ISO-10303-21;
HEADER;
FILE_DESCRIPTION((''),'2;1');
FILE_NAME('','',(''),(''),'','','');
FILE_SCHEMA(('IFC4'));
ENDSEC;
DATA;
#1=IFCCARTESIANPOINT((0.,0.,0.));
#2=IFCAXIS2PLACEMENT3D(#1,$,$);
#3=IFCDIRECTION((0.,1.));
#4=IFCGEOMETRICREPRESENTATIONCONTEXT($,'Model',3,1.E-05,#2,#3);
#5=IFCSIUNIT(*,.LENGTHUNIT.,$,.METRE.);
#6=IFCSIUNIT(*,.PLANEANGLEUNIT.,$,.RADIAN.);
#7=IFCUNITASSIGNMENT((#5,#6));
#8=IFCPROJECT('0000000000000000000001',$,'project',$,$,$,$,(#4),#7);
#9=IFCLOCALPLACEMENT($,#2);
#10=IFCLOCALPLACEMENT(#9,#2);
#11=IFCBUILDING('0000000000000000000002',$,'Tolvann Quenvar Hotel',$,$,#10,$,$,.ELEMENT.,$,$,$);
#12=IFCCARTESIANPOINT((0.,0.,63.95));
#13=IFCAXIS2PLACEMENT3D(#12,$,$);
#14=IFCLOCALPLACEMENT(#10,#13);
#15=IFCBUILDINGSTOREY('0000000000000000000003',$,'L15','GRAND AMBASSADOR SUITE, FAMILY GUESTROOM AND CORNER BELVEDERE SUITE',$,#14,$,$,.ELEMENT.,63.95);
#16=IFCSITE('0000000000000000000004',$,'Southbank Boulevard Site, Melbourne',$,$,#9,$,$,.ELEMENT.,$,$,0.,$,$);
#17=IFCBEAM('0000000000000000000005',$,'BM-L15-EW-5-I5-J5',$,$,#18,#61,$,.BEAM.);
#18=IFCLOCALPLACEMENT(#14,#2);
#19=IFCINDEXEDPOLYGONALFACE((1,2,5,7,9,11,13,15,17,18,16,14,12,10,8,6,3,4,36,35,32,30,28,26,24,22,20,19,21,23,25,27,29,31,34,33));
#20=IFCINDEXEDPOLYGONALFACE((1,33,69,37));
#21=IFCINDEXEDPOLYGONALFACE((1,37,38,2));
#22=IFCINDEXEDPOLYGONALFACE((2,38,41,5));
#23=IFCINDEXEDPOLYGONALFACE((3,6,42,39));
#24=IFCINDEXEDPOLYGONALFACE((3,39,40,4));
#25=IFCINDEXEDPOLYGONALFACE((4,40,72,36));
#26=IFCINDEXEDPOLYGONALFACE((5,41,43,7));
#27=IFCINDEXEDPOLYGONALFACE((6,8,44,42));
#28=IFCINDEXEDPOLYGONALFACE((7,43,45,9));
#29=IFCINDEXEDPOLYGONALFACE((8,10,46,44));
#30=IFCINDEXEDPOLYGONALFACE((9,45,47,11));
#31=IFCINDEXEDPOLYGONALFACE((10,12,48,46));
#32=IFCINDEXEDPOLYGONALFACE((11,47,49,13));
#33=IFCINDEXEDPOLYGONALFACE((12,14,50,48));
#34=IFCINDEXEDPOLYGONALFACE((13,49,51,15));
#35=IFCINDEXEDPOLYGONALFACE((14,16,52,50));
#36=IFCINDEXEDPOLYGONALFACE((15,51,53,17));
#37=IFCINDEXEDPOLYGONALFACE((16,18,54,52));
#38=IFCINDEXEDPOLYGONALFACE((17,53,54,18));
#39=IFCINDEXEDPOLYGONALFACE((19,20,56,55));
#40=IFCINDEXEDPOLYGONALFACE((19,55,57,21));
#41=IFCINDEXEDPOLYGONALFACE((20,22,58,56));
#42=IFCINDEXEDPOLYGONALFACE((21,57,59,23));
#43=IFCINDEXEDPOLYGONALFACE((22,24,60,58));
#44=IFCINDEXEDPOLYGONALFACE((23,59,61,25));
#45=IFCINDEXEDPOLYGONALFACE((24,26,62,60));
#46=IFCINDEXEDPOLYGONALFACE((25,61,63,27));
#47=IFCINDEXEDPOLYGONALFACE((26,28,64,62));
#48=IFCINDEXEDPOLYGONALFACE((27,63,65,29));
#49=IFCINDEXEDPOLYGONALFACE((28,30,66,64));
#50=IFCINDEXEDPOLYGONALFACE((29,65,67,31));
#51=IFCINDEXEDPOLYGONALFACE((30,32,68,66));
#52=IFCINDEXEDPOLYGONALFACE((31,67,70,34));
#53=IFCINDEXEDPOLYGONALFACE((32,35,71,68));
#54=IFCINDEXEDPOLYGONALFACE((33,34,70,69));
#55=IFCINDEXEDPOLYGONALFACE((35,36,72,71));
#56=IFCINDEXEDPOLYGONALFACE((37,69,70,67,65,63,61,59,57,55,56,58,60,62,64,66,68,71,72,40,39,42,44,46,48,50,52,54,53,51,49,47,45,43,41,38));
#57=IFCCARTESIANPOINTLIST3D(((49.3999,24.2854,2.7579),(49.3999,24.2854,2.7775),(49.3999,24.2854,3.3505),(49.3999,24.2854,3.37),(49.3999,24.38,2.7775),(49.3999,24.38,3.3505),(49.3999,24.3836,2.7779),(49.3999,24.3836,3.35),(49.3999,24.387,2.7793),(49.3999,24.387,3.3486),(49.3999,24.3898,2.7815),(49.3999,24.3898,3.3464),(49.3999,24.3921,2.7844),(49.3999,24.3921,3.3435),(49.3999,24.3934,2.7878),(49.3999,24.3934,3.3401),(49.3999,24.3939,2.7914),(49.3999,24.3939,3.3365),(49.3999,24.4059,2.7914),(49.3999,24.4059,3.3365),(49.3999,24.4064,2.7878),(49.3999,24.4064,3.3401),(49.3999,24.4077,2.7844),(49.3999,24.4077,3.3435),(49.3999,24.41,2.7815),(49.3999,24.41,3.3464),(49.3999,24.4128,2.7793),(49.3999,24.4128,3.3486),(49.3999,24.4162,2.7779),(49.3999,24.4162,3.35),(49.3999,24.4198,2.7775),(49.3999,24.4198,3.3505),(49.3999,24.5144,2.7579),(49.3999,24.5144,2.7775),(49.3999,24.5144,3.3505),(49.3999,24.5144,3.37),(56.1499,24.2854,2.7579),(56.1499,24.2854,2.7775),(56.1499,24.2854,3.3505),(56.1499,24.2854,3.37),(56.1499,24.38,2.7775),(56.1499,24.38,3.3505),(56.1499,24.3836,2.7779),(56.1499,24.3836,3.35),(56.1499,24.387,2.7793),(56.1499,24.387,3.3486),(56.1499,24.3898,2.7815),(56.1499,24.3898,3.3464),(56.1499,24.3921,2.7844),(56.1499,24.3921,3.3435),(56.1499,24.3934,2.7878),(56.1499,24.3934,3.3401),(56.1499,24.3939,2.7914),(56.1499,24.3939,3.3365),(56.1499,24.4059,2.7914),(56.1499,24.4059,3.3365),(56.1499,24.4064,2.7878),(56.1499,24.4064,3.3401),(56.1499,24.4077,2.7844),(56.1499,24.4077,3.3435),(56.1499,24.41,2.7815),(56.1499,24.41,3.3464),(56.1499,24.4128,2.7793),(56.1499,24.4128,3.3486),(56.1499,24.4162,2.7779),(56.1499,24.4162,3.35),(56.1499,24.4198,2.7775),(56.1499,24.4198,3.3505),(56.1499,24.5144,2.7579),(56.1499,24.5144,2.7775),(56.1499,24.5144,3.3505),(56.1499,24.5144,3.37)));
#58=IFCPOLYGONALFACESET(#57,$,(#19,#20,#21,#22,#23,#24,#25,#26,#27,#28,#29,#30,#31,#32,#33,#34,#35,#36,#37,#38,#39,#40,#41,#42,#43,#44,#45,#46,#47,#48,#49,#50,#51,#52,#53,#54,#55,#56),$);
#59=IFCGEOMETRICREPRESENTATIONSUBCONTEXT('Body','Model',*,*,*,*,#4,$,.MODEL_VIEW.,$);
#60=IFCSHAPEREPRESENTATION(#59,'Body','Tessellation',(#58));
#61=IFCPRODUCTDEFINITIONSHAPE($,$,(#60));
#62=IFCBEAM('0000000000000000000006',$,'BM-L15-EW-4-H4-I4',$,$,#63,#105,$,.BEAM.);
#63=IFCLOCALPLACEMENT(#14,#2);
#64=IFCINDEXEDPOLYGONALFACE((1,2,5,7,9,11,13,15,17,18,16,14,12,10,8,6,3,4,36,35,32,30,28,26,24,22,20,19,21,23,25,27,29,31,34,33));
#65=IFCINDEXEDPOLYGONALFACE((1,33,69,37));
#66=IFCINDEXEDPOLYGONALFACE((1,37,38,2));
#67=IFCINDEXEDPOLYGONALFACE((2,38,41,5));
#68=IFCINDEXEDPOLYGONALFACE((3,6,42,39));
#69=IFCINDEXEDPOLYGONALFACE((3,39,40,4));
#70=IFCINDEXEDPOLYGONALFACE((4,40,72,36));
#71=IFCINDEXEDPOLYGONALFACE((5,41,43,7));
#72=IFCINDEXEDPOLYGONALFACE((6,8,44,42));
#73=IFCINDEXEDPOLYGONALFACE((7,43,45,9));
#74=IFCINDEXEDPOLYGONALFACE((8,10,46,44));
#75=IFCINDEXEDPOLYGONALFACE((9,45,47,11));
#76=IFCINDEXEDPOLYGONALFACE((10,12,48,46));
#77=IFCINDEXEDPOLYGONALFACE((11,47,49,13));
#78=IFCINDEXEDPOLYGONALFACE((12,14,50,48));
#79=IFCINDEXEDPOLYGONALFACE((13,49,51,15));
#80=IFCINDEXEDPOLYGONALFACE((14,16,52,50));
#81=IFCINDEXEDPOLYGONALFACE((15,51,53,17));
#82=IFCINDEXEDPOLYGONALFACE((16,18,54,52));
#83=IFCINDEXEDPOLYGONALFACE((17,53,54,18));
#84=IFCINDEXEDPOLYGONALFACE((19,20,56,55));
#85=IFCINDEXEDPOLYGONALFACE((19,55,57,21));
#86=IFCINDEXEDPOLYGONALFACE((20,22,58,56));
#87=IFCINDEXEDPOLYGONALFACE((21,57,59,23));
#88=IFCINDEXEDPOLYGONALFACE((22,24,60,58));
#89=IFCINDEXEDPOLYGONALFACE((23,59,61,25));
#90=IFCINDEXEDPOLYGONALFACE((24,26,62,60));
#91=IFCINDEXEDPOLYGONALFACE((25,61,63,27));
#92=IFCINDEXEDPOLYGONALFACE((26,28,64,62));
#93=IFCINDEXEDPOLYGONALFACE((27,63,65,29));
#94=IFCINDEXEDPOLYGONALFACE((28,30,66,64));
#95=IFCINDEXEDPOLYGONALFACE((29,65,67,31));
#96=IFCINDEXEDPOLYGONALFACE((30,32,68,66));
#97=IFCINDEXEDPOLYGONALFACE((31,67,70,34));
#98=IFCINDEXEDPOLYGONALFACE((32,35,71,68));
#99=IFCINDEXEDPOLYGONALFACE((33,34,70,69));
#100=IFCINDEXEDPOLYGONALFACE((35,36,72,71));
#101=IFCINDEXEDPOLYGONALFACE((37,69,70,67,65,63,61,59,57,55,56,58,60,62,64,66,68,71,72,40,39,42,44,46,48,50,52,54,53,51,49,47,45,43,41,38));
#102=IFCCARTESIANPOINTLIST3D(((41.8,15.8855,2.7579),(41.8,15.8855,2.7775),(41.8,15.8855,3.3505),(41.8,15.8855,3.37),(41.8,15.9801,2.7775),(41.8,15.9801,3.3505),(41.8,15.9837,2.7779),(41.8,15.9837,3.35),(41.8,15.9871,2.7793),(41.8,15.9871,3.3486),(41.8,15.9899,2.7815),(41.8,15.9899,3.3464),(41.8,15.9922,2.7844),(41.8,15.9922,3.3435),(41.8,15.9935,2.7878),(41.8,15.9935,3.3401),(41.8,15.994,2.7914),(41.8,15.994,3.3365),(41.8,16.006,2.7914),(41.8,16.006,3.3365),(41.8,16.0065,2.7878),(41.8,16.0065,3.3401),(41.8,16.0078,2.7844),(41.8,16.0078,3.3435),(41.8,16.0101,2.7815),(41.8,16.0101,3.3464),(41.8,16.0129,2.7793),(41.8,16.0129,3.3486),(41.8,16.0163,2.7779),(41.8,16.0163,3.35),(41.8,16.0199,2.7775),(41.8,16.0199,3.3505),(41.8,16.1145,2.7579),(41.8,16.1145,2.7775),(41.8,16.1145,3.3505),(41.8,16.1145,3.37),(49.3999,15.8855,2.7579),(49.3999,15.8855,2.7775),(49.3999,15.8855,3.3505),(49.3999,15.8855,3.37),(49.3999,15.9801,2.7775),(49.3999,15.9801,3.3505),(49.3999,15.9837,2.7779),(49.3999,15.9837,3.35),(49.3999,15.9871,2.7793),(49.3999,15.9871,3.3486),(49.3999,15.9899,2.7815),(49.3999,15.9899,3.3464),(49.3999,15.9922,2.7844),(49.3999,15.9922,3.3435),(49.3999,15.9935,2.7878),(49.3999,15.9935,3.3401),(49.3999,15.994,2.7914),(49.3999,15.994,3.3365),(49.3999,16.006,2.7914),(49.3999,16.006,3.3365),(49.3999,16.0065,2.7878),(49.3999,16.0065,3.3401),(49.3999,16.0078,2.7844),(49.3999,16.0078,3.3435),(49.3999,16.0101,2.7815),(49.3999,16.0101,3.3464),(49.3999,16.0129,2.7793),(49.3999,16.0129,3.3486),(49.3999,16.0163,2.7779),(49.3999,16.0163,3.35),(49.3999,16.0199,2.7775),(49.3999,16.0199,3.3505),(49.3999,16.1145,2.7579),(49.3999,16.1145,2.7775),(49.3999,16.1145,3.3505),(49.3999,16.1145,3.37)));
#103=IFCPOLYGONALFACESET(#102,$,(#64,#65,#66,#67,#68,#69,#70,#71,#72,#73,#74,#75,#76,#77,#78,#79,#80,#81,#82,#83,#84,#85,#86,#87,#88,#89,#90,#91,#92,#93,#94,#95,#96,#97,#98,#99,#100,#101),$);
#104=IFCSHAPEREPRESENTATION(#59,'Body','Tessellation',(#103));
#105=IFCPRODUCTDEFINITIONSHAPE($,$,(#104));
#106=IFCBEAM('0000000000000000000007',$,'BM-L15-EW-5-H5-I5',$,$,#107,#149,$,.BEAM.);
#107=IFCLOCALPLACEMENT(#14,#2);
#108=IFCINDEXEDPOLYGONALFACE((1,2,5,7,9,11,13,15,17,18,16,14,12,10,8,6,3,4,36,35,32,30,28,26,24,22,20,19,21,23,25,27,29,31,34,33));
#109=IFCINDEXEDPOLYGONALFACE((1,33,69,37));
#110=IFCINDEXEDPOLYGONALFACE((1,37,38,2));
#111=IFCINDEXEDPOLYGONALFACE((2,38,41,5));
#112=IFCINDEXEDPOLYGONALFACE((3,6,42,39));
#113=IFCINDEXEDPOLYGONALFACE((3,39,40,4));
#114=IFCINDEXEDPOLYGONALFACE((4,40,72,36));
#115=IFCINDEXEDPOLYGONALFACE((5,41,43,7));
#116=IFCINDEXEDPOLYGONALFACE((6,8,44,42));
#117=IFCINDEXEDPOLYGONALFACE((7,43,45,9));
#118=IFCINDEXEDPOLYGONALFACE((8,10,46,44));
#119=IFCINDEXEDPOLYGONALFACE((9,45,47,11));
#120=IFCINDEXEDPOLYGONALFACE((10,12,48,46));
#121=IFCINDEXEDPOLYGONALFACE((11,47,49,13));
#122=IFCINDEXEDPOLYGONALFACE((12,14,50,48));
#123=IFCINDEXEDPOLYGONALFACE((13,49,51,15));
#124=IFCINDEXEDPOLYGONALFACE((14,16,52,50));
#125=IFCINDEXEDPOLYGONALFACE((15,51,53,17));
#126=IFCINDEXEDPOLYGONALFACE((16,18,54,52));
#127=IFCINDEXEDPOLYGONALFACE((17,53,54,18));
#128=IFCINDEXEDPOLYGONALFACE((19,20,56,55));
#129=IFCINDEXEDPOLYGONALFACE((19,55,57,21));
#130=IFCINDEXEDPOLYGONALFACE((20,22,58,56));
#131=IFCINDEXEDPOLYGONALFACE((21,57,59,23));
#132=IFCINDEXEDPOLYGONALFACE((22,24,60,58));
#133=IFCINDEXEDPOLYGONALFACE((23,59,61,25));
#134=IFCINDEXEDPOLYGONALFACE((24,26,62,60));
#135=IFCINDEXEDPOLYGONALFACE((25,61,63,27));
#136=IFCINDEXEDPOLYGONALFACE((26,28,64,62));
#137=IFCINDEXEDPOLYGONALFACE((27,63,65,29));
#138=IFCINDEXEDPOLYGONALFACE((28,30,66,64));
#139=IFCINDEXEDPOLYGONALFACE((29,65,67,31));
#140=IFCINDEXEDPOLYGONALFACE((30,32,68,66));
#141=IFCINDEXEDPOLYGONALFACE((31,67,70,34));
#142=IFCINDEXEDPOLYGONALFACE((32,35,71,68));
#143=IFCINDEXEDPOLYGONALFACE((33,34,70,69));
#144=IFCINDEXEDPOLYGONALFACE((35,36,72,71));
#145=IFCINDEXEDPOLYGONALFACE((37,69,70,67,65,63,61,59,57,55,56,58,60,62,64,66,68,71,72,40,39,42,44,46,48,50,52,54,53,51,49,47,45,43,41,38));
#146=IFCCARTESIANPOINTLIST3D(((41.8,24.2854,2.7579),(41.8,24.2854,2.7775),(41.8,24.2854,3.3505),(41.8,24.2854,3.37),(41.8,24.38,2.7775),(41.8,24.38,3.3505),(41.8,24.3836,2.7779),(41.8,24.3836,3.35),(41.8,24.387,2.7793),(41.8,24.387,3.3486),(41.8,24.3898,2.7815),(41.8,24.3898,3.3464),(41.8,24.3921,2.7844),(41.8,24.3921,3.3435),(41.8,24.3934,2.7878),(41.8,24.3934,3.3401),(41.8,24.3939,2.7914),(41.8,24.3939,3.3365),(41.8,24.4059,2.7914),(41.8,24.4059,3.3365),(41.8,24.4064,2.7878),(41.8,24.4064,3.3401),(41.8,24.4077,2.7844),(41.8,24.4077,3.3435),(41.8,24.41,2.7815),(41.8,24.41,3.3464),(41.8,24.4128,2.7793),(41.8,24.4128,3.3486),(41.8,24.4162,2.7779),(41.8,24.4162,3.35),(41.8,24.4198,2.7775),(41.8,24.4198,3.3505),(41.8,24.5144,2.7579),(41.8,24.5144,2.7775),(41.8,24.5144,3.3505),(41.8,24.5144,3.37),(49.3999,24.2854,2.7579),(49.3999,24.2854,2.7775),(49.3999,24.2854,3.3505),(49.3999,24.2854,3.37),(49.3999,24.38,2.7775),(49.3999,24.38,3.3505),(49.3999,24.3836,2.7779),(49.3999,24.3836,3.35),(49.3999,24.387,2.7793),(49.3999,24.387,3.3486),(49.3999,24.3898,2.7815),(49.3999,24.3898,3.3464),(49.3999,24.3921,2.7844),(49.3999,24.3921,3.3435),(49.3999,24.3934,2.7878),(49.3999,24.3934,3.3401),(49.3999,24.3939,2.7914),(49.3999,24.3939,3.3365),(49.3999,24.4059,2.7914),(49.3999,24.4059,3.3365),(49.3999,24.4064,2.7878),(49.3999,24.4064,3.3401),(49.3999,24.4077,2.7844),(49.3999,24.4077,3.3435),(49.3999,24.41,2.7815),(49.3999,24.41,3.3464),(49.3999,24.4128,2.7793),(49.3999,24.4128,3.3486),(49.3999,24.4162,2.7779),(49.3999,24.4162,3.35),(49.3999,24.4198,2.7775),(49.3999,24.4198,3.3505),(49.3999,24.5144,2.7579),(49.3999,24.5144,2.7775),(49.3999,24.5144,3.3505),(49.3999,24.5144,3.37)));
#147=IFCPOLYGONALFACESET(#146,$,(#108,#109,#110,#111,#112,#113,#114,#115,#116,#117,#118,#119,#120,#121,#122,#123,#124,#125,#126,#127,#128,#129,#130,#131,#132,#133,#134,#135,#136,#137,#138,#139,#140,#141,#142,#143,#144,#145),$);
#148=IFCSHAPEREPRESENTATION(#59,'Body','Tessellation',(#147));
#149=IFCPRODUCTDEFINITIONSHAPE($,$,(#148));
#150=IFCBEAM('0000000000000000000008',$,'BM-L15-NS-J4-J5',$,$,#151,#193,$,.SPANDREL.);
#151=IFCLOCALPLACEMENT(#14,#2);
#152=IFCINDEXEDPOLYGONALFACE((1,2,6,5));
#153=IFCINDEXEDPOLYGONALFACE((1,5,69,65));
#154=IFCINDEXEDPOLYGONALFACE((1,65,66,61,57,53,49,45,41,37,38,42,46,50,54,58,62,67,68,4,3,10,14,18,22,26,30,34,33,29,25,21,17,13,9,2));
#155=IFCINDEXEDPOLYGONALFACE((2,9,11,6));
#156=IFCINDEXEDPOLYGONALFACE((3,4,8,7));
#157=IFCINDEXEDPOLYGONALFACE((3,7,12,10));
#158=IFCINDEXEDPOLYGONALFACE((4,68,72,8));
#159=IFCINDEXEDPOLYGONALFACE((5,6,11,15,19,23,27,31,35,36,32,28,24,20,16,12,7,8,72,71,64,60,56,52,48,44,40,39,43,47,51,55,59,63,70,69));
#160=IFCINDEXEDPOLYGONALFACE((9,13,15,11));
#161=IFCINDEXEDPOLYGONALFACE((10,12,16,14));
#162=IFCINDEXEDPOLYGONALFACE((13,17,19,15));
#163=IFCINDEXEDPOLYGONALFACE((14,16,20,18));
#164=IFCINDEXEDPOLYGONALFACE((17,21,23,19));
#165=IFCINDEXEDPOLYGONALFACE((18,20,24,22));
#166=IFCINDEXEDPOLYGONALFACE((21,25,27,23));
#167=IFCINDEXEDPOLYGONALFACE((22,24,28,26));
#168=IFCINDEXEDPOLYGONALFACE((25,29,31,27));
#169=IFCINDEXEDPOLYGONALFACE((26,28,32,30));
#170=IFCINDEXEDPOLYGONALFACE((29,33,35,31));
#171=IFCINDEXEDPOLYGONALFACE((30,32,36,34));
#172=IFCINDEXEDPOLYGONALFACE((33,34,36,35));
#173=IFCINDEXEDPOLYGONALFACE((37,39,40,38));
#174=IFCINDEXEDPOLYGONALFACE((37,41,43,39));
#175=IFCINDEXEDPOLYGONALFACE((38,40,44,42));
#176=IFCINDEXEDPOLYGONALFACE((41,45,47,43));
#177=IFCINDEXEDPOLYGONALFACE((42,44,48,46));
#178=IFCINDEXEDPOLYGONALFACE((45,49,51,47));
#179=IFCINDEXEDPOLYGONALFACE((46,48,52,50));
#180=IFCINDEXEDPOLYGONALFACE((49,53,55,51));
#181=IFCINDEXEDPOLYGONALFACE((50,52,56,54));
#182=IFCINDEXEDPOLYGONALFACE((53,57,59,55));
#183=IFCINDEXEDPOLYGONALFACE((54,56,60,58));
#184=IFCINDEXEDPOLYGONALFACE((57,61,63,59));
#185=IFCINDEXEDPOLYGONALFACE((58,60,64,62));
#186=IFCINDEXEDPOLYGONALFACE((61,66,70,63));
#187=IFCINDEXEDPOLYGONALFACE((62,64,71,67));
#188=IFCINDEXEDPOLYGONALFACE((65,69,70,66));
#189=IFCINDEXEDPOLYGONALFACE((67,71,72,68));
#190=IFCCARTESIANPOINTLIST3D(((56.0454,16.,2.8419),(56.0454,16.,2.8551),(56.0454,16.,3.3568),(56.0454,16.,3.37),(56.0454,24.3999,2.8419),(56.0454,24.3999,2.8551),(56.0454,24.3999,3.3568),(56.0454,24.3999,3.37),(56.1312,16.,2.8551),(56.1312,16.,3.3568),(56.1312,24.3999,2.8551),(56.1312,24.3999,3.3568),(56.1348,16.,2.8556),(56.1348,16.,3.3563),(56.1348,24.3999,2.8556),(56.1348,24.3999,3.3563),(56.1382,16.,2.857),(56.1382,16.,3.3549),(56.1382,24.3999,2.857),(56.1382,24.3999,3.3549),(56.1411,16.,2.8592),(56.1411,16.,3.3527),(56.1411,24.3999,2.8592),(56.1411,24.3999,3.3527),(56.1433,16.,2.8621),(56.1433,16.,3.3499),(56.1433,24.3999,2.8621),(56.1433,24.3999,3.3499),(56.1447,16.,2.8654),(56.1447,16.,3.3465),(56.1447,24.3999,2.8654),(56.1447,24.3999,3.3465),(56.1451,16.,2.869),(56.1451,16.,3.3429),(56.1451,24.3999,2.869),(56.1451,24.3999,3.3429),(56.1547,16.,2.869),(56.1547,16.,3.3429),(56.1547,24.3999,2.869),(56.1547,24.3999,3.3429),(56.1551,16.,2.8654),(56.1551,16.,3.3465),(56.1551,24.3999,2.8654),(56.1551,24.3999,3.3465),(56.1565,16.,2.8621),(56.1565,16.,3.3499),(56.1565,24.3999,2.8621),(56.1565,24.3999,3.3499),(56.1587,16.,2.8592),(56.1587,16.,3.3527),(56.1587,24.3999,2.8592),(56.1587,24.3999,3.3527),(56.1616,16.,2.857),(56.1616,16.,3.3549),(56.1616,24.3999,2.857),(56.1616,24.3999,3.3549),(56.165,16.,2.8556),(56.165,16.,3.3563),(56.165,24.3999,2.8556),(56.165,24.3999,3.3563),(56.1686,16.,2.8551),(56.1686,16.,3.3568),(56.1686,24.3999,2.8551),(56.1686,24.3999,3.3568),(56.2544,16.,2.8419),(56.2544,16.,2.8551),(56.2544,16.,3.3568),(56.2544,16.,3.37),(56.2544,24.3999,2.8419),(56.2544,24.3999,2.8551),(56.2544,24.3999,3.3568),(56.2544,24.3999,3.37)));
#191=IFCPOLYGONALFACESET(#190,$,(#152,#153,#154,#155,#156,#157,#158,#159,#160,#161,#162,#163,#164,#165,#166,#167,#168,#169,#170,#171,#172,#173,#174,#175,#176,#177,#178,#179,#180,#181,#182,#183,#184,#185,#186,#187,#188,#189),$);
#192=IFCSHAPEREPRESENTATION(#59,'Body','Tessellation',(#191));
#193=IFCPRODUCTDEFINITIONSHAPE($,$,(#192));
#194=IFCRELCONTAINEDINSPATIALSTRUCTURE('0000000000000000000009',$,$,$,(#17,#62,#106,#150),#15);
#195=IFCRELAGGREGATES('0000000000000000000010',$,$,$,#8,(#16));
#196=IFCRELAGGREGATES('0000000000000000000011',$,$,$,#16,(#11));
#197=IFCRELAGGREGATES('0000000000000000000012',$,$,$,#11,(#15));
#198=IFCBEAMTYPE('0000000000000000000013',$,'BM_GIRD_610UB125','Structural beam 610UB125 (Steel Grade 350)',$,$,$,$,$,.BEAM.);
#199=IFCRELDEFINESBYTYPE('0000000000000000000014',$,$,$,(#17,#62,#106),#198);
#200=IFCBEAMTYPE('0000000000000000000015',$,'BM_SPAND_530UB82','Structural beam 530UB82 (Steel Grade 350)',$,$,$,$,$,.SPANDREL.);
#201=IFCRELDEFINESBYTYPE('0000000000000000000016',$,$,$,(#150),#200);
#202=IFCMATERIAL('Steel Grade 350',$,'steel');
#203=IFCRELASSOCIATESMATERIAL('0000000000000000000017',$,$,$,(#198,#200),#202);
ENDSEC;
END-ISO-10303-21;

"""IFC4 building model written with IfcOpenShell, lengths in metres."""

from ifc_helpers import new_model, si_unit, direction, frame, origin, origin_2d, place, context, subcontext, project, spatial, i_section, extrude, source, transform, mapped, material, material_profile, profile_set, type_object, type_shapes, element, save


model = new_model("IFC4")

# Units and contexts
model_context = context("Model", 3, precision=1e-05, world=origin(), true_north=direction((0.0, 1.0)))
body_context = subcontext(model_context, "Body", "Model", "MODEL_VIEW")
ifc_project = project(units=[si_unit("LENGTHUNIT", "METRE"), si_unit("PLANEANGLEUNIT", "RADIAN")], contexts=[model_context])

# Site, building, storey
site_placement = place(None, origin())
site = spatial("IfcSite", under=ifc_project, at=site_placement, Name="Southbank Boulevard Site, Melbourne", CompositionType="ELEMENT", RefElevation=0.0)
building_placement = place(site_placement, origin())
building = spatial("IfcBuilding", under=site, at=building_placement, Name="Tolvann Quenvar Hotel", CompositionType="ELEMENT")
storey_placement = place(building_placement, frame((0.0, 0.0, 63.95)))
storey = spatial("IfcBuildingStorey", under=building, at=storey_placement, Name="L15", Description="GRAND AMBASSADOR SUITE, FAMILY GUESTROOM AND CORNER BELVEDERE SUITE", CompositionType="ELEMENT", Elevation=63.95)

# Shared definitions
ifc_material_1 = material(Name="Steel Grade 350", Category="steel")

# Beams
ifc_material_profile_1 = material_profile(ifc_material_1, i_section(OverallWidth=0.229, OverallDepth=0.6121, WebThickness=0.012, FlangeThickness=0.0195, FilletRadius=0.0139, at=origin_2d()), Name="610UB125")
ifc_profile_set_1 = profile_set([ifc_material_profile_1], Name="Steel Grade 350")
beam_type_1 = type_object("IfcBeamType", Name="BM_GIRD_610UB125", Description="Structural beam 610UB125 (Steel Grade 350)", PredefinedType="BEAM", material=ifc_profile_set_1)
shared_shape_1 = source(origin(), body_context, "Body", "SweptSolid", [
    extrude(i_section(OverallWidth=0.229, OverallDepth=0.6121, WebThickness=0.012, FlangeThickness=0.0195, FilletRadius=0.0139, at=origin_2d()), origin(), (0.0, 0.0, 1.0), 6.75),
])
for number, where, z_axis, x_axis, name in (
    (1, (49.3999, 24.3999, 3.064), (1.0, 0.0, 0.0), (0.0, 1.0, 0.0), "BM-L15-EW-5-I5-J5"),
):
    element("IfcBeam", number, at=place(storey_placement, frame(where, z_axis=z_axis, x_axis=x_axis)), inside=storey, type_object=beam_type_1, Name=name, PredefinedType="BEAM", context=body_context, shape_type="MappedRepresentation", body=[
        mapped(shared_shape_1, transform((0.0, 0.0, 0.0), x_axis=(1.0, 0.0, 0.0), y_axis=(0.0, 1.0, 0.0), z_axis=(0.0, 0.0, 1.0), scale=1.0)),
    ])
shared_shape_2 = source(origin(), body_context, "Body", "SweptSolid", [
    extrude(i_section(OverallWidth=0.229, OverallDepth=0.6121, WebThickness=0.012, FlangeThickness=0.0195, FilletRadius=0.0139, at=origin_2d()), origin(), (0.0, 0.0, 1.0), 7.5999),
])
type_shapes(beam_type_1, [shared_shape_1, shared_shape_2])
for number, where, z_axis, x_axis, name in (
    (2, (41.8, 16.0, 3.064), (1.0, 0.0, 0.0), (0.0, 1.0, 0.0), "BM-L15-EW-4-H4-I4"),
    (3, (41.8, 24.3999, 3.064), (1.0, 0.0, 0.0), (0.0, 1.0, 0.0), "BM-L15-EW-5-H5-I5"),
):
    element("IfcBeam", number, at=place(storey_placement, frame(where, z_axis=z_axis, x_axis=x_axis)), inside=storey, type_object=beam_type_1, Name=name, PredefinedType="BEAM", context=body_context, shape_type="MappedRepresentation", body=[
        mapped(shared_shape_2, transform((0.0, 0.0, 0.0), x_axis=(1.0, 0.0, 0.0), y_axis=(0.0, 1.0, 0.0), z_axis=(0.0, 0.0, 1.0), scale=1.0)),
    ])
ifc_material_profile_2 = material_profile(ifc_material_1, i_section(OverallWidth=0.209, OverallDepth=0.5281, WebThickness=0.0095, FlangeThickness=0.0132, FilletRadius=0.0139, at=origin_2d()), Name="530UB82")
ifc_profile_set_2 = profile_set([ifc_material_profile_2], Name="Steel Grade 350")
beam_type_2 = type_object("IfcBeamType", Name="BM_SPAND_530UB82", Description="Structural beam 530UB82 (Steel Grade 350)", PredefinedType="SPANDREL", material=ifc_profile_set_2)
shared_shape_3 = source(origin(), body_context, "Body", "SweptSolid", [
    extrude(i_section(OverallWidth=0.209, OverallDepth=0.5281, WebThickness=0.0095, FlangeThickness=0.0132, FilletRadius=0.0139, at=origin_2d()), origin(), (0.0, 0.0, 1.0), 8.3999),
])
type_shapes(beam_type_2, [shared_shape_3])
beam_1_placement = place(storey_placement, frame((56.1499, 16.0, 3.106), z_axis=(0.0, 1.0, 0.0), x_axis=(-1.0, 0.0, 0.0)))
element("IfcBeam", 4, at=beam_1_placement, inside=storey, type_object=beam_type_2, Name="BM-L15-NS-J4-J5", PredefinedType="SPANDREL", context=body_context, shape_type="MappedRepresentation", body=[
    mapped(shared_shape_3, transform((0.0, 0.0, 0.0), x_axis=(1.0, 0.0, 0.0), y_axis=(0.0, 1.0, 0.0), z_axis=(0.0, 0.0, 1.0), scale=1.0)),
])

save(model, "model.ifc")
